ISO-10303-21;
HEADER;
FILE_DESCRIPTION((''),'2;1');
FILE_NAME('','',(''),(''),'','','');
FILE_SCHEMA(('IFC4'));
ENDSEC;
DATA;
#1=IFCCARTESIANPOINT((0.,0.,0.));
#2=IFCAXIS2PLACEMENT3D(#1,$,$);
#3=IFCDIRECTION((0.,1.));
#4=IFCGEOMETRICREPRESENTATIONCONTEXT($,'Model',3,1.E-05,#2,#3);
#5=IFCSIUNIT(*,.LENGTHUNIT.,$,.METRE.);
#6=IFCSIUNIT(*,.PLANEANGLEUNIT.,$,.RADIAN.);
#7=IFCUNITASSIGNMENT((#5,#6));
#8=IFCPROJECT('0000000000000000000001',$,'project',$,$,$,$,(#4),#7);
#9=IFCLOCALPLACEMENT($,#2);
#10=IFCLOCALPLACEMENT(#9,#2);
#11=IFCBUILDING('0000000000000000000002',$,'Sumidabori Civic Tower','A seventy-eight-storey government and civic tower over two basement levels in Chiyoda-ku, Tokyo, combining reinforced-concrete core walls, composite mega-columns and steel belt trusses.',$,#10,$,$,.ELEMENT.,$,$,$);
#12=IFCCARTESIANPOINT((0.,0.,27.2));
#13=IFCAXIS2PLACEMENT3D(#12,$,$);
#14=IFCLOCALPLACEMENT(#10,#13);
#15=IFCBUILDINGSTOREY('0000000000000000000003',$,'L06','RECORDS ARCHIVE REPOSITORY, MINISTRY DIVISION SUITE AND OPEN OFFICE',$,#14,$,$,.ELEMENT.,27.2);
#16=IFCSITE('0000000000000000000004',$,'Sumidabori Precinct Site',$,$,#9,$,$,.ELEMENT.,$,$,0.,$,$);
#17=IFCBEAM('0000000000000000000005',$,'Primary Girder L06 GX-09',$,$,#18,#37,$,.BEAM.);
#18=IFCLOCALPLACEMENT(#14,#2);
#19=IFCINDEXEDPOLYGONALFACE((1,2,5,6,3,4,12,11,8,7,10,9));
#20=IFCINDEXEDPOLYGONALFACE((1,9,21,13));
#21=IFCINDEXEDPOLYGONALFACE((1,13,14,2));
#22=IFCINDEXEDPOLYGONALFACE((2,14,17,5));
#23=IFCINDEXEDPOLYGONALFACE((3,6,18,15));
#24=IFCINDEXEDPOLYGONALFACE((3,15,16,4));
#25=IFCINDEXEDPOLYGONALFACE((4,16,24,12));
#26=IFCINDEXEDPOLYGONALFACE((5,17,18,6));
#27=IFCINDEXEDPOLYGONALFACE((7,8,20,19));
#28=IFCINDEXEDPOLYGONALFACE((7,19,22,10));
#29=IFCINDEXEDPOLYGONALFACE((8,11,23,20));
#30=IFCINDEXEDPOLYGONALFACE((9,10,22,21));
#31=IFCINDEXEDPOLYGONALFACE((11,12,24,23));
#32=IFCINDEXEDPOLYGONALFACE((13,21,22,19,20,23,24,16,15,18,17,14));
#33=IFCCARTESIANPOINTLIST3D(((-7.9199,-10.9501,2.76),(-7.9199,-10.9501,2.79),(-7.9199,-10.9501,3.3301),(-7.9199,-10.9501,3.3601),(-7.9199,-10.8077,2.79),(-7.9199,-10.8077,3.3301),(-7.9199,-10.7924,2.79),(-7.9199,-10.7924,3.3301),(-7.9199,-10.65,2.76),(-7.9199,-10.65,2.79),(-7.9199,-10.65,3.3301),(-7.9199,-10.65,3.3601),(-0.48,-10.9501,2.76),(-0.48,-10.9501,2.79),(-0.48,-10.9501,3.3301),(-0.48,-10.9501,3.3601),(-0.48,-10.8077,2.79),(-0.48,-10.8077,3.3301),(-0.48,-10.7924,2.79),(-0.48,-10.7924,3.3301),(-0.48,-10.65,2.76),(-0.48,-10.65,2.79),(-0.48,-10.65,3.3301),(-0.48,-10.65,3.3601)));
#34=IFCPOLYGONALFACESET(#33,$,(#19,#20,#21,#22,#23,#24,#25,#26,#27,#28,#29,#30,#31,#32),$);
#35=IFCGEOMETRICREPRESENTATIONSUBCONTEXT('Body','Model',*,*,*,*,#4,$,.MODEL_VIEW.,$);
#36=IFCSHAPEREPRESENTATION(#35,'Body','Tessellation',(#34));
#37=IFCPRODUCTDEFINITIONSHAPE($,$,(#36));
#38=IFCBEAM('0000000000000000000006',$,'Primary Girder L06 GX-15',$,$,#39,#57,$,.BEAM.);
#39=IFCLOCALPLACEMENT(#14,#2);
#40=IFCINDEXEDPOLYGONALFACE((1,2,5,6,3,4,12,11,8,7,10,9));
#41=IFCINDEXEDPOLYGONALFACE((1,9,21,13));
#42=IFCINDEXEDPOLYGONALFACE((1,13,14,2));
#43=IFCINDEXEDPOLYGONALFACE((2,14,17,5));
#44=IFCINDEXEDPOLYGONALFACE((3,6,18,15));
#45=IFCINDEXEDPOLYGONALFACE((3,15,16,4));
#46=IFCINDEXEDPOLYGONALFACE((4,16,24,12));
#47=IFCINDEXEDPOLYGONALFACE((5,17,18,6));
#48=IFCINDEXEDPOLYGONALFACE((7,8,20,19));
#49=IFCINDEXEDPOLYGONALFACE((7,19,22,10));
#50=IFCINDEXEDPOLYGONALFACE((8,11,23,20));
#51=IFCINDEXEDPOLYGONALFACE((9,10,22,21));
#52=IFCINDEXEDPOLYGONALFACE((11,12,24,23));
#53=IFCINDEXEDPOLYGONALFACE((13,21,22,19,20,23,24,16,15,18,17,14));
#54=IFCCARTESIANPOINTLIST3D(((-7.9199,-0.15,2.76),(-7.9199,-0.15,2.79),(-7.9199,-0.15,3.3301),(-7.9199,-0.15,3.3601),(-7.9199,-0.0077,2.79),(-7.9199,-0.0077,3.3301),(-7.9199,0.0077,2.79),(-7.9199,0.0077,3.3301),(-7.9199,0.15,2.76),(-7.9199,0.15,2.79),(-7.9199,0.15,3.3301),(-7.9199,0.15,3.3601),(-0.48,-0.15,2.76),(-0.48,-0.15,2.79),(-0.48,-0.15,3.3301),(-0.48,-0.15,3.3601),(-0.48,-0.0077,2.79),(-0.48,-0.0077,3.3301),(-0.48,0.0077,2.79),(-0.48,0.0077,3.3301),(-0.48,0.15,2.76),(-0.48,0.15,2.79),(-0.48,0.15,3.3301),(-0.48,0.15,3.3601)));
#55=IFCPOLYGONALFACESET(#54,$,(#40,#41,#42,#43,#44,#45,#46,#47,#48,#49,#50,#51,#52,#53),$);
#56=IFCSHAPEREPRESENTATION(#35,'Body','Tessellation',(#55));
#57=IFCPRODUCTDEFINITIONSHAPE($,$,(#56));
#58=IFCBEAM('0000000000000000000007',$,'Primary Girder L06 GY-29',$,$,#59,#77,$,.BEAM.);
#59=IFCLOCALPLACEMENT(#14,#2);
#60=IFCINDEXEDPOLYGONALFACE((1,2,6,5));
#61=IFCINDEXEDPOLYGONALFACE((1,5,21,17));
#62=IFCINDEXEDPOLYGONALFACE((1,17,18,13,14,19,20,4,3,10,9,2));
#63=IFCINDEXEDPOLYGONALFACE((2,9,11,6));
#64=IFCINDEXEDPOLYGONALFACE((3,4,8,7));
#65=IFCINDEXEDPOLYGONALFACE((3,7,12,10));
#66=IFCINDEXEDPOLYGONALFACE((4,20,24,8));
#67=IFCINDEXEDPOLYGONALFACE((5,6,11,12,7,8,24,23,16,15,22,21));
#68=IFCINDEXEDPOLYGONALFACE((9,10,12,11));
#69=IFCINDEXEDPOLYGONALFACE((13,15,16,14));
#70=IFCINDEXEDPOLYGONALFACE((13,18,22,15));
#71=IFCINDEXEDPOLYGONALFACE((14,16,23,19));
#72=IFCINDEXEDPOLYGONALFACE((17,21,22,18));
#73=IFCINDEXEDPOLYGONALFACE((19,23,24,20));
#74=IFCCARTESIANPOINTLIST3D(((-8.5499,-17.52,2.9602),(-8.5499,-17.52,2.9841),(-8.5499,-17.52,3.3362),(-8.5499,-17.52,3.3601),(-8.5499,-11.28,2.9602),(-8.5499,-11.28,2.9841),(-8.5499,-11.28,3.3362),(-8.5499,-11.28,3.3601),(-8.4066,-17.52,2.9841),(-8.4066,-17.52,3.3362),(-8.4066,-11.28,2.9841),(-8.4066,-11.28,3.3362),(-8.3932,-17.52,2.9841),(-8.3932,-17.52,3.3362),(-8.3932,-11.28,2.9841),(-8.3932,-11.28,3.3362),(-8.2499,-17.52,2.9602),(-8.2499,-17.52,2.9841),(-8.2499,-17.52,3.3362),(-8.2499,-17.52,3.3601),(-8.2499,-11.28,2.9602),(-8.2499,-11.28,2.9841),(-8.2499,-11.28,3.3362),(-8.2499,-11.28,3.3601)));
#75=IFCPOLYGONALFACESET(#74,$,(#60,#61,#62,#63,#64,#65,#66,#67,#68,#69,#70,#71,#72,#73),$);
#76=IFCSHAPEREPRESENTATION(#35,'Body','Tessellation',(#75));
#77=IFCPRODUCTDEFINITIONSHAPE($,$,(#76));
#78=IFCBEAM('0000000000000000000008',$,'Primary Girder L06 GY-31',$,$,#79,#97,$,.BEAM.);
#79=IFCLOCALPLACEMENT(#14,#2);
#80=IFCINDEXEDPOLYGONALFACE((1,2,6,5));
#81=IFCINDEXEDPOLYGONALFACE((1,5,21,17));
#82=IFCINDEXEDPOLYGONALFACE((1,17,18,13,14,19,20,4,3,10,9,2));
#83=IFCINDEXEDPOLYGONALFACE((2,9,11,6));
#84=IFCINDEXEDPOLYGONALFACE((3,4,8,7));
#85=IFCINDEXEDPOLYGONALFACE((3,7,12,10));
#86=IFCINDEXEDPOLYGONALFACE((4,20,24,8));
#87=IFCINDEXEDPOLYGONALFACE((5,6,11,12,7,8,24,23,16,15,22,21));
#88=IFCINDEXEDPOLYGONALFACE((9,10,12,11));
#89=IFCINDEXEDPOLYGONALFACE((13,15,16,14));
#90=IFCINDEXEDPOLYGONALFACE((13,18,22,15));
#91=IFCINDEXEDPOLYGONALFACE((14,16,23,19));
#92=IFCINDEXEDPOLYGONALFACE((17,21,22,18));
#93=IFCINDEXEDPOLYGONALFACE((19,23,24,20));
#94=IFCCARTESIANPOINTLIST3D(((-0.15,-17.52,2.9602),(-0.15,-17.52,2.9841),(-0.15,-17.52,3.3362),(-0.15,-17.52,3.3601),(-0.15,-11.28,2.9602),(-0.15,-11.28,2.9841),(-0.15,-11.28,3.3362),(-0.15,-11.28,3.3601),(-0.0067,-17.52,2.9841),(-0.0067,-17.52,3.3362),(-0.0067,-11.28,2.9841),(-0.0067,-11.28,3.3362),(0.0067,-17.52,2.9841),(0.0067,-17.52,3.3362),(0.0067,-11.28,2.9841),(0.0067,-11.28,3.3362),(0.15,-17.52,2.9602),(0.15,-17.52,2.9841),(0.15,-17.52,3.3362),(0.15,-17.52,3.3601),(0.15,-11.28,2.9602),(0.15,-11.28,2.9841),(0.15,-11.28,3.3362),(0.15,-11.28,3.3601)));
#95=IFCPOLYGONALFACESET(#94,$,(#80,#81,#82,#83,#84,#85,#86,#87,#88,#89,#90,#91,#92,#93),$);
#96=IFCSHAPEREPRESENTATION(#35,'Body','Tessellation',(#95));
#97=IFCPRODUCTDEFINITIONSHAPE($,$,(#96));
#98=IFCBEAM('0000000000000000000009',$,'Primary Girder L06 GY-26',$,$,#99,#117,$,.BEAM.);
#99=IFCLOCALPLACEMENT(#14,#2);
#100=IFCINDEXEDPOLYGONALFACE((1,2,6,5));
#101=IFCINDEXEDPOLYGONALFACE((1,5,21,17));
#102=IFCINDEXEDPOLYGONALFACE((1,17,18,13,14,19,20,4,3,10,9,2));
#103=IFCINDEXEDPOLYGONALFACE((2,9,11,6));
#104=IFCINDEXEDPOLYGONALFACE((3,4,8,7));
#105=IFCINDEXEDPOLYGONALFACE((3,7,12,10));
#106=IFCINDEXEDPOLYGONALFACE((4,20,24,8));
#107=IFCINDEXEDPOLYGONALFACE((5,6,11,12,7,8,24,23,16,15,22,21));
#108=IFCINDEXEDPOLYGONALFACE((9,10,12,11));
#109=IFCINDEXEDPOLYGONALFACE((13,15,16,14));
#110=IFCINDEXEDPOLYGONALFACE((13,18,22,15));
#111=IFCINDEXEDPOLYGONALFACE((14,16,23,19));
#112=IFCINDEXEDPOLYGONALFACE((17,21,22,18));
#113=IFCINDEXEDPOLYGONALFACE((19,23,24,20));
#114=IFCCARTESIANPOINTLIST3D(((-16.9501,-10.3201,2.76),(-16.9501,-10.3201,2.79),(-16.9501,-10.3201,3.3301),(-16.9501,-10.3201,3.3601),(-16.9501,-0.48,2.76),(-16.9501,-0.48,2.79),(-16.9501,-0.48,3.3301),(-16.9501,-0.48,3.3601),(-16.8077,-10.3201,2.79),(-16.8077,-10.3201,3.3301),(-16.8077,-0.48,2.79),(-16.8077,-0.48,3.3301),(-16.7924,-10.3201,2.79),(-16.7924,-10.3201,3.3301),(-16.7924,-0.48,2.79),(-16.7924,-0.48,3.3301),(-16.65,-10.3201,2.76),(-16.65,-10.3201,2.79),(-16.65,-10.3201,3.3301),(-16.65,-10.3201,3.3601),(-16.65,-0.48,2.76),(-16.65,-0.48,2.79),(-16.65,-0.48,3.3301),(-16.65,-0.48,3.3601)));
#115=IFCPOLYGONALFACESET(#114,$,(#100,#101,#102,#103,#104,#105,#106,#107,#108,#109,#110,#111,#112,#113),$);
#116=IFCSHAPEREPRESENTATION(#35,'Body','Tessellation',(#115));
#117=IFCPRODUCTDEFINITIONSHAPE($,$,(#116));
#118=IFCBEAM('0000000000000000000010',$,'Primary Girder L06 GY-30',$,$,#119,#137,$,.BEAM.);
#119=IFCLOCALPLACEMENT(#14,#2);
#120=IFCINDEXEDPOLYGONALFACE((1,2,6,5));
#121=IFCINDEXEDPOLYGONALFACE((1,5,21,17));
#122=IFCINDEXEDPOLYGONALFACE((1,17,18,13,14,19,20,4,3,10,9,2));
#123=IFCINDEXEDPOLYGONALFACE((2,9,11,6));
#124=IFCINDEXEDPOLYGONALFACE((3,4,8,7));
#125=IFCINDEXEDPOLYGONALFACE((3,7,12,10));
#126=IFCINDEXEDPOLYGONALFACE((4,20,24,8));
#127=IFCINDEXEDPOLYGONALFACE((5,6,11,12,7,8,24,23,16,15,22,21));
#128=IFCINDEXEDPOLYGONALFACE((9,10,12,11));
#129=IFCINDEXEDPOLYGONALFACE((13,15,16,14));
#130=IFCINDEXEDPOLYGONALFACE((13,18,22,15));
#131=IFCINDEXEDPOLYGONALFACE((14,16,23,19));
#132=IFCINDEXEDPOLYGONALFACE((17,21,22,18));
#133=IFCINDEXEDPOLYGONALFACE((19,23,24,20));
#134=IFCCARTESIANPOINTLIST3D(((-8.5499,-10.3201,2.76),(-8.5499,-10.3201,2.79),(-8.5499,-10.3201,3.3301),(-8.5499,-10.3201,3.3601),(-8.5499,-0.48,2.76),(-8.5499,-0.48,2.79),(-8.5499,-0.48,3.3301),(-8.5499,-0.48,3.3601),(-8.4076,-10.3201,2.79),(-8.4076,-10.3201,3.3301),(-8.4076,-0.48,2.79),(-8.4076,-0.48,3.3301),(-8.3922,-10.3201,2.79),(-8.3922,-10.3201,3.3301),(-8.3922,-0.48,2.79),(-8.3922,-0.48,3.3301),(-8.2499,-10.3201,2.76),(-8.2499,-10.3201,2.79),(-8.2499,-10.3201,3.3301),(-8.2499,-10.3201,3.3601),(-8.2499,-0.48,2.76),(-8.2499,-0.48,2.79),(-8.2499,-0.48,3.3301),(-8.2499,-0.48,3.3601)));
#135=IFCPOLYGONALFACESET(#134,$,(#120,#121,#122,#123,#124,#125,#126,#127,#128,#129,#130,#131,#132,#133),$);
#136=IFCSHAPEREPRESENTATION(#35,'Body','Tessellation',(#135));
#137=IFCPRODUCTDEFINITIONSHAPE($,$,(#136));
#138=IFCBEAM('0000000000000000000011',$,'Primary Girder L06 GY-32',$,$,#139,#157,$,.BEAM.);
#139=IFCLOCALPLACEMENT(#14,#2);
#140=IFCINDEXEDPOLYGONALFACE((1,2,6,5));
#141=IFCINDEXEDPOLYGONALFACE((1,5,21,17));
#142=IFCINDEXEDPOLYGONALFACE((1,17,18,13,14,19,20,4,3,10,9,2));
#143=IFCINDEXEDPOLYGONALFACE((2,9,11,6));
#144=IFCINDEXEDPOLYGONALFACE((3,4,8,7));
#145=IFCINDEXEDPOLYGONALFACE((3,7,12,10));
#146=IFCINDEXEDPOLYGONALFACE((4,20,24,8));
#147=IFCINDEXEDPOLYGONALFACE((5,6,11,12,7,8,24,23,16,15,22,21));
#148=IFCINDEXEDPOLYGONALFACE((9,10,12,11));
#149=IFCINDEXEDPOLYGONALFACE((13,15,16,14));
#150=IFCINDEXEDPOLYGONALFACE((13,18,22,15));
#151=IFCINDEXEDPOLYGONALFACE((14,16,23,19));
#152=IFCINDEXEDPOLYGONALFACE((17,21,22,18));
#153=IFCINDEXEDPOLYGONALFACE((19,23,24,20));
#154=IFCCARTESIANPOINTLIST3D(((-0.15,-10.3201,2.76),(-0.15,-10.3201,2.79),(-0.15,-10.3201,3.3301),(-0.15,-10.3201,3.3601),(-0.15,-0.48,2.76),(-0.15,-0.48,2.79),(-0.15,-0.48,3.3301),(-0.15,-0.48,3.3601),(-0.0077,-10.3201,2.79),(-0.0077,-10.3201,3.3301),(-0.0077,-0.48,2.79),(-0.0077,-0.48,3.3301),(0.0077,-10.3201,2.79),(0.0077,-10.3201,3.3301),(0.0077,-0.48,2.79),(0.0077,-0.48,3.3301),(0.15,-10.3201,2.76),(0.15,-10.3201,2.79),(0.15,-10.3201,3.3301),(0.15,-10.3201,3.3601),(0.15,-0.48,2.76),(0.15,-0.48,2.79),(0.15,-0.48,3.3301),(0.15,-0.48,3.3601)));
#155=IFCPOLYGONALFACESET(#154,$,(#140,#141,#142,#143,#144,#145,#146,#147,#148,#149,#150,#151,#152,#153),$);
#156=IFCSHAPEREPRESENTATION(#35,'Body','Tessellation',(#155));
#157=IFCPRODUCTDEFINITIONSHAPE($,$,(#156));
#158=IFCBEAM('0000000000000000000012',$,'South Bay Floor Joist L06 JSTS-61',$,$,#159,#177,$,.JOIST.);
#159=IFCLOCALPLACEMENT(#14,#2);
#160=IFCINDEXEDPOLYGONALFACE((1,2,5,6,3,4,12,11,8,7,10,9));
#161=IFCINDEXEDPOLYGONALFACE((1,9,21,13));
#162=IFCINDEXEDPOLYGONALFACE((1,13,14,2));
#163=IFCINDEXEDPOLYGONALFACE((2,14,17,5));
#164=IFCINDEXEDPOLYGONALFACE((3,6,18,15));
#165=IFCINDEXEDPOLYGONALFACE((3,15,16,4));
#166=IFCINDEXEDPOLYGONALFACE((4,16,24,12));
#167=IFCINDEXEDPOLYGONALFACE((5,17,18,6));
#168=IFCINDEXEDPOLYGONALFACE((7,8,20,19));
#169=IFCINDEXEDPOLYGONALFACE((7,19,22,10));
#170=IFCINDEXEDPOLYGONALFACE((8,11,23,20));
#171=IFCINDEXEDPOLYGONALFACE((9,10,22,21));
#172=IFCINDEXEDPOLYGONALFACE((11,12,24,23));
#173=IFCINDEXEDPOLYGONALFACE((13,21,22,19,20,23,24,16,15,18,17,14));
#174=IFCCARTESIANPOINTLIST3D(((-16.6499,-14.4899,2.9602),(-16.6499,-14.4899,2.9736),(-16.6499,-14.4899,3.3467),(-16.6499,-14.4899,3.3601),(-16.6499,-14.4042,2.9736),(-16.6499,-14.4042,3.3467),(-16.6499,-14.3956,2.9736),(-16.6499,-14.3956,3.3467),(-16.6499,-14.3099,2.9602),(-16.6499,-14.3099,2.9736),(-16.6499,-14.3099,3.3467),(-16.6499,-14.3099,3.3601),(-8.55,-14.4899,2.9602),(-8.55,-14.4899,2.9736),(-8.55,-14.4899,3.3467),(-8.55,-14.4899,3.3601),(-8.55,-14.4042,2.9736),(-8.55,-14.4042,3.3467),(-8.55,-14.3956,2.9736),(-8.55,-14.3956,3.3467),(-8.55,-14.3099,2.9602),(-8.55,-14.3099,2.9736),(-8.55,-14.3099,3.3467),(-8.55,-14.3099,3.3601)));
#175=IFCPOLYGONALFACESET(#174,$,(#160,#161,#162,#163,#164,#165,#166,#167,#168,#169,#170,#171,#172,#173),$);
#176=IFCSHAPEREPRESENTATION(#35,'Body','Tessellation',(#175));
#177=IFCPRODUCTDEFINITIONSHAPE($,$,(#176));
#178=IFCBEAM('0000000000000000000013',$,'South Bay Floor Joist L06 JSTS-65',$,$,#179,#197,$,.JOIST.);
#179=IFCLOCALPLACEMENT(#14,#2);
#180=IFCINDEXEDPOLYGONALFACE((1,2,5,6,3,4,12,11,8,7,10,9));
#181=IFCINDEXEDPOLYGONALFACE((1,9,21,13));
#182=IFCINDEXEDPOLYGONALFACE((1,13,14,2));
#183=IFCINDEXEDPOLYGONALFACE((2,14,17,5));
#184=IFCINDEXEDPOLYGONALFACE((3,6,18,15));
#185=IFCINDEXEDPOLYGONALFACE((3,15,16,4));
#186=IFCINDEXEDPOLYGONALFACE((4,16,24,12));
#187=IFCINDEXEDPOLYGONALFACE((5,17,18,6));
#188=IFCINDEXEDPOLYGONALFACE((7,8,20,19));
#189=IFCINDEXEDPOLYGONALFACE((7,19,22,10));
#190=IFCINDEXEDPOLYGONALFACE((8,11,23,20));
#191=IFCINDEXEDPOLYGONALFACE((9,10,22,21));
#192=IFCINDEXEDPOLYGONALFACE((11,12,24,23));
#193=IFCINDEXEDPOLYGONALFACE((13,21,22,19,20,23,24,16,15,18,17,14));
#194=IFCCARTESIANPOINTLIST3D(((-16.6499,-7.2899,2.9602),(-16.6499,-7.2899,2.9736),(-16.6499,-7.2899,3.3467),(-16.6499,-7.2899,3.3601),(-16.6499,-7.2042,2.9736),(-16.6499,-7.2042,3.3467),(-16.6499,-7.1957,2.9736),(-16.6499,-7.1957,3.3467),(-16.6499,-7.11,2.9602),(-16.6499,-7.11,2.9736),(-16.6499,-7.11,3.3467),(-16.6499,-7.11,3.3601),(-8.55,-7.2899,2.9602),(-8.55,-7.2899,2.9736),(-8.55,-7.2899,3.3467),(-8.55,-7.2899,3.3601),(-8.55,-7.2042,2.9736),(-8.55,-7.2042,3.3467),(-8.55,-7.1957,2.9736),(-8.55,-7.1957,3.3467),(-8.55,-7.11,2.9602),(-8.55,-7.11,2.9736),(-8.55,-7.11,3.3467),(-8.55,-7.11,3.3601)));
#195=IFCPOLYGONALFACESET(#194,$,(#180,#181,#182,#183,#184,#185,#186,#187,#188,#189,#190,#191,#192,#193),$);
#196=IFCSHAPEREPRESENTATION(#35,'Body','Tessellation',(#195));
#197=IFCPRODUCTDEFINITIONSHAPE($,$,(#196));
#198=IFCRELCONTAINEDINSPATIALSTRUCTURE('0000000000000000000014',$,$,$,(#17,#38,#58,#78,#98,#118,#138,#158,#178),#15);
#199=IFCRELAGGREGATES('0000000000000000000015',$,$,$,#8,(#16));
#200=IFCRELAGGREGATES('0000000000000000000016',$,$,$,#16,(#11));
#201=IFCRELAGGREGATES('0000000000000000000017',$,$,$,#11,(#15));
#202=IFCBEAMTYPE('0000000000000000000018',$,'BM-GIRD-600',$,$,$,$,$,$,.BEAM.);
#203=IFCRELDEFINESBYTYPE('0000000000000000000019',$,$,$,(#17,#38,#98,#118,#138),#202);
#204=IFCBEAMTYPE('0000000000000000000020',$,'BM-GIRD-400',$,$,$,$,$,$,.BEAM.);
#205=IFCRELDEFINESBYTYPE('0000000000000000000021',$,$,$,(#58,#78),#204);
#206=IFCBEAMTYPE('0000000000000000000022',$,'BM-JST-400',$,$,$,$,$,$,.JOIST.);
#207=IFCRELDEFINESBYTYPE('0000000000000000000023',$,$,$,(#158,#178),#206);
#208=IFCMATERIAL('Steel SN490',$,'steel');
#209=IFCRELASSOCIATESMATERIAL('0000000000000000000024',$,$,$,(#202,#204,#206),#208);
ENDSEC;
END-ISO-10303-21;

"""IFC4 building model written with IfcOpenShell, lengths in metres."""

from ifc_helpers import new_model, si_unit, direction, frame, origin, origin_2d, place, context, subcontext, project, spatial, i_section, extrude, source, transform, mapped, material, material_profile, profile_set, type_object, element, save


model = new_model("IFC4")

# Units and contexts
model_context = context("Model", 3, precision=1e-05, world=origin(), true_north=direction((0.0, 1.0)))
body_context = subcontext(model_context, "Body", "Model", "MODEL_VIEW")
ifc_project = project(units=[si_unit("LENGTHUNIT", "METRE"), si_unit("PLANEANGLEUNIT", "RADIAN")], contexts=[model_context])

# Site, building, storey
site_placement = place(None, origin())
site = spatial("IfcSite", under=ifc_project, at=site_placement, Name="Sumidabori Precinct Site", CompositionType="ELEMENT", RefElevation=0.0)
building_placement = place(site_placement, origin())
building = spatial("IfcBuilding", under=site, at=building_placement, Name="Sumidabori Civic Tower", Description="A seventy-eight-storey government and civic tower over two basement levels in Chiyoda-ku, Tokyo, combining reinforced-concrete core walls, composite mega-columns and steel belt trusses.", CompositionType="ELEMENT")
storey_placement = place(building_placement, frame((0.0, 0.0, 27.2)))
storey = spatial("IfcBuildingStorey", under=building, at=storey_placement, Name="L06", Description="RECORDS ARCHIVE REPOSITORY, MINISTRY DIVISION SUITE AND OPEN OFFICE", CompositionType="ELEMENT", Elevation=27.2)

# Beams
ifc_material_1 = material(Name="Steel SN490", Category="steel")
ifc_material_profile_1 = material_profile(ifc_material_1, i_section(OverallWidth=0.3, OverallDepth=0.6001, WebThickness=0.0154, FlangeThickness=0.03, at=origin_2d()), Name="HE 600 B")
ifc_profile_set_1 = profile_set([ifc_material_profile_1], Name="Steel SN490")
beam_type_1 = type_object("IfcBeamType", Name="BM-GIRD-600", PredefinedType="BEAM", material=ifc_profile_set_1)
shared_shape_1 = source(origin(), body_context, "Body", "SweptSolid", [
    extrude(i_section(OverallWidth=0.3, OverallDepth=0.6001, WebThickness=0.0154, FlangeThickness=0.03, at=origin_2d()), origin(), (0.0, 0.0, 1.0), 7.4399),
])
for number, where, z_axis, x_axis, name in (
    (1, (-7.9199, -10.8, 3.0601), (1.0, 0.0, 0.0), (0.0, 1.0, 0.0), "Primary Girder L06 GX-09"),
    (2, (-7.9199, 0.0, 3.0601), (1.0, 0.0, 0.0), (0.0, 1.0, 0.0), "Primary Girder L06 GX-15"),
):
    element("IfcBeam", number, at=place(storey_placement, frame(where, z_axis=z_axis, x_axis=x_axis)), inside=storey, type_object=beam_type_1, Name=name, PredefinedType="BEAM", context=body_context, shape_type="MappedRepresentation", body=[
        mapped(shared_shape_1, transform((0.0, 0.0, 0.0), x_axis=(1.0, 0.0, 0.0), y_axis=(0.0, 1.0, 0.0), z_axis=(0.0, 0.0, 1.0), scale=1.0)),
    ])
ifc_material_profile_2 = material_profile(ifc_material_1, i_section(OverallWidth=0.3, OverallDepth=0.3999, WebThickness=0.0134, FlangeThickness=0.0239, at=origin_2d()), Name="HE 400 B")
ifc_profile_set_2 = profile_set([ifc_material_profile_2], Name="Steel SN490")
beam_type_2 = type_object("IfcBeamType", Name="BM-GIRD-400", PredefinedType="BEAM", material=ifc_profile_set_2)
shared_shape_2 = source(origin(), body_context, "Body", "SweptSolid", [
    extrude(i_section(OverallWidth=0.3, OverallDepth=0.3999, WebThickness=0.0134, FlangeThickness=0.0239, at=origin_2d()), origin(), (0.0, 0.0, 1.0), 6.24),
])
for number, where, z_axis, x_axis, name in (
    (3, (-8.3999, -17.52, 3.1602), (0.0, 1.0, 0.0), (-1.0, 0.0, 0.0), "Primary Girder L06 GY-29"),
    (4, (0.0, -17.52, 3.1602), (0.0, 1.0, 0.0), (-1.0, 0.0, 0.0), "Primary Girder L06 GY-31"),
):
    element("IfcBeam", number, at=place(storey_placement, frame(where, z_axis=z_axis, x_axis=x_axis)), inside=storey, type_object=beam_type_2, Name=name, PredefinedType="BEAM", context=body_context, shape_type="MappedRepresentation", body=[
        mapped(shared_shape_2, transform((0.0, 0.0, 0.0), x_axis=(1.0, 0.0, 0.0), y_axis=(0.0, 1.0, 0.0), z_axis=(0.0, 0.0, 1.0), scale=1.0)),
    ])
shared_shape_3 = source(origin(), body_context, "Body", "SweptSolid", [
    extrude(i_section(OverallWidth=0.3, OverallDepth=0.6001, WebThickness=0.0154, FlangeThickness=0.03, at=origin_2d()), origin(), (0.0, 0.0, 1.0), 9.8401),
])
for number, where, z_axis, x_axis, name in (
    (5, (-16.8, -10.3201, 3.0601), (0.0, 1.0, 0.0), (-1.0, 0.0, 0.0), "Primary Girder L06 GY-26"),
    (6, (-8.3999, -10.3201, 3.0601), (0.0, 1.0, 0.0), (-1.0, 0.0, 0.0), "Primary Girder L06 GY-30"),
    (7, (0.0, -10.3201, 3.0601), (0.0, 1.0, 0.0), (-1.0, 0.0, 0.0), "Primary Girder L06 GY-32"),
):
    element("IfcBeam", number, at=place(storey_placement, frame(where, z_axis=z_axis, x_axis=x_axis)), inside=storey, type_object=beam_type_1, Name=name, PredefinedType="BEAM", context=body_context, shape_type="MappedRepresentation", body=[
        mapped(shared_shape_3, transform((0.0, 0.0, 0.0), x_axis=(1.0, 0.0, 0.0), y_axis=(0.0, 1.0, 0.0), z_axis=(0.0, 0.0, 1.0), scale=1.0)),
    ])
ifc_material_profile_3 = material_profile(ifc_material_1, i_section(OverallWidth=0.1799, OverallDepth=0.3999, WebThickness=0.0085, FlangeThickness=0.0134, at=origin_2d()), Name="IPE 400")
ifc_profile_set_3 = profile_set([ifc_material_profile_3], Name="Steel SN490")
beam_type_3 = type_object("IfcBeamType", Name="BM-JST-400", PredefinedType="JOIST", material=ifc_profile_set_3)
shared_shape_4 = source(origin(), body_context, "Body", "SweptSolid", [
    extrude(i_section(OverallWidth=0.1799, OverallDepth=0.3999, WebThickness=0.0085, FlangeThickness=0.0134, at=origin_2d()), origin(), (0.0, 0.0, 1.0), 8.0999),
])
for number, where, z_axis, x_axis, name in (
    (8, (-16.6499, -14.3999, 3.1602), (1.0, 0.0, 0.0), (0.0, 1.0, 0.0), "South Bay Floor Joist L06 JSTS-61"),
    (9, (-16.6499, -7.2, 3.1602), (1.0, 0.0, 0.0), (0.0, 1.0, 0.0), "South Bay Floor Joist L06 JSTS-65"),
):
    element("IfcBeam", number, at=place(storey_placement, frame(where, z_axis=z_axis, x_axis=x_axis)), inside=storey, type_object=beam_type_3, Name=name, PredefinedType="JOIST", context=body_context, shape_type="MappedRepresentation", body=[
        mapped(shared_shape_4, transform((0.0, 0.0, 0.0), x_axis=(1.0, 0.0, 0.0), y_axis=(0.0, 1.0, 0.0), z_axis=(0.0, 0.0, 1.0), scale=1.0)),
    ])

save(model, "model.ifc")
